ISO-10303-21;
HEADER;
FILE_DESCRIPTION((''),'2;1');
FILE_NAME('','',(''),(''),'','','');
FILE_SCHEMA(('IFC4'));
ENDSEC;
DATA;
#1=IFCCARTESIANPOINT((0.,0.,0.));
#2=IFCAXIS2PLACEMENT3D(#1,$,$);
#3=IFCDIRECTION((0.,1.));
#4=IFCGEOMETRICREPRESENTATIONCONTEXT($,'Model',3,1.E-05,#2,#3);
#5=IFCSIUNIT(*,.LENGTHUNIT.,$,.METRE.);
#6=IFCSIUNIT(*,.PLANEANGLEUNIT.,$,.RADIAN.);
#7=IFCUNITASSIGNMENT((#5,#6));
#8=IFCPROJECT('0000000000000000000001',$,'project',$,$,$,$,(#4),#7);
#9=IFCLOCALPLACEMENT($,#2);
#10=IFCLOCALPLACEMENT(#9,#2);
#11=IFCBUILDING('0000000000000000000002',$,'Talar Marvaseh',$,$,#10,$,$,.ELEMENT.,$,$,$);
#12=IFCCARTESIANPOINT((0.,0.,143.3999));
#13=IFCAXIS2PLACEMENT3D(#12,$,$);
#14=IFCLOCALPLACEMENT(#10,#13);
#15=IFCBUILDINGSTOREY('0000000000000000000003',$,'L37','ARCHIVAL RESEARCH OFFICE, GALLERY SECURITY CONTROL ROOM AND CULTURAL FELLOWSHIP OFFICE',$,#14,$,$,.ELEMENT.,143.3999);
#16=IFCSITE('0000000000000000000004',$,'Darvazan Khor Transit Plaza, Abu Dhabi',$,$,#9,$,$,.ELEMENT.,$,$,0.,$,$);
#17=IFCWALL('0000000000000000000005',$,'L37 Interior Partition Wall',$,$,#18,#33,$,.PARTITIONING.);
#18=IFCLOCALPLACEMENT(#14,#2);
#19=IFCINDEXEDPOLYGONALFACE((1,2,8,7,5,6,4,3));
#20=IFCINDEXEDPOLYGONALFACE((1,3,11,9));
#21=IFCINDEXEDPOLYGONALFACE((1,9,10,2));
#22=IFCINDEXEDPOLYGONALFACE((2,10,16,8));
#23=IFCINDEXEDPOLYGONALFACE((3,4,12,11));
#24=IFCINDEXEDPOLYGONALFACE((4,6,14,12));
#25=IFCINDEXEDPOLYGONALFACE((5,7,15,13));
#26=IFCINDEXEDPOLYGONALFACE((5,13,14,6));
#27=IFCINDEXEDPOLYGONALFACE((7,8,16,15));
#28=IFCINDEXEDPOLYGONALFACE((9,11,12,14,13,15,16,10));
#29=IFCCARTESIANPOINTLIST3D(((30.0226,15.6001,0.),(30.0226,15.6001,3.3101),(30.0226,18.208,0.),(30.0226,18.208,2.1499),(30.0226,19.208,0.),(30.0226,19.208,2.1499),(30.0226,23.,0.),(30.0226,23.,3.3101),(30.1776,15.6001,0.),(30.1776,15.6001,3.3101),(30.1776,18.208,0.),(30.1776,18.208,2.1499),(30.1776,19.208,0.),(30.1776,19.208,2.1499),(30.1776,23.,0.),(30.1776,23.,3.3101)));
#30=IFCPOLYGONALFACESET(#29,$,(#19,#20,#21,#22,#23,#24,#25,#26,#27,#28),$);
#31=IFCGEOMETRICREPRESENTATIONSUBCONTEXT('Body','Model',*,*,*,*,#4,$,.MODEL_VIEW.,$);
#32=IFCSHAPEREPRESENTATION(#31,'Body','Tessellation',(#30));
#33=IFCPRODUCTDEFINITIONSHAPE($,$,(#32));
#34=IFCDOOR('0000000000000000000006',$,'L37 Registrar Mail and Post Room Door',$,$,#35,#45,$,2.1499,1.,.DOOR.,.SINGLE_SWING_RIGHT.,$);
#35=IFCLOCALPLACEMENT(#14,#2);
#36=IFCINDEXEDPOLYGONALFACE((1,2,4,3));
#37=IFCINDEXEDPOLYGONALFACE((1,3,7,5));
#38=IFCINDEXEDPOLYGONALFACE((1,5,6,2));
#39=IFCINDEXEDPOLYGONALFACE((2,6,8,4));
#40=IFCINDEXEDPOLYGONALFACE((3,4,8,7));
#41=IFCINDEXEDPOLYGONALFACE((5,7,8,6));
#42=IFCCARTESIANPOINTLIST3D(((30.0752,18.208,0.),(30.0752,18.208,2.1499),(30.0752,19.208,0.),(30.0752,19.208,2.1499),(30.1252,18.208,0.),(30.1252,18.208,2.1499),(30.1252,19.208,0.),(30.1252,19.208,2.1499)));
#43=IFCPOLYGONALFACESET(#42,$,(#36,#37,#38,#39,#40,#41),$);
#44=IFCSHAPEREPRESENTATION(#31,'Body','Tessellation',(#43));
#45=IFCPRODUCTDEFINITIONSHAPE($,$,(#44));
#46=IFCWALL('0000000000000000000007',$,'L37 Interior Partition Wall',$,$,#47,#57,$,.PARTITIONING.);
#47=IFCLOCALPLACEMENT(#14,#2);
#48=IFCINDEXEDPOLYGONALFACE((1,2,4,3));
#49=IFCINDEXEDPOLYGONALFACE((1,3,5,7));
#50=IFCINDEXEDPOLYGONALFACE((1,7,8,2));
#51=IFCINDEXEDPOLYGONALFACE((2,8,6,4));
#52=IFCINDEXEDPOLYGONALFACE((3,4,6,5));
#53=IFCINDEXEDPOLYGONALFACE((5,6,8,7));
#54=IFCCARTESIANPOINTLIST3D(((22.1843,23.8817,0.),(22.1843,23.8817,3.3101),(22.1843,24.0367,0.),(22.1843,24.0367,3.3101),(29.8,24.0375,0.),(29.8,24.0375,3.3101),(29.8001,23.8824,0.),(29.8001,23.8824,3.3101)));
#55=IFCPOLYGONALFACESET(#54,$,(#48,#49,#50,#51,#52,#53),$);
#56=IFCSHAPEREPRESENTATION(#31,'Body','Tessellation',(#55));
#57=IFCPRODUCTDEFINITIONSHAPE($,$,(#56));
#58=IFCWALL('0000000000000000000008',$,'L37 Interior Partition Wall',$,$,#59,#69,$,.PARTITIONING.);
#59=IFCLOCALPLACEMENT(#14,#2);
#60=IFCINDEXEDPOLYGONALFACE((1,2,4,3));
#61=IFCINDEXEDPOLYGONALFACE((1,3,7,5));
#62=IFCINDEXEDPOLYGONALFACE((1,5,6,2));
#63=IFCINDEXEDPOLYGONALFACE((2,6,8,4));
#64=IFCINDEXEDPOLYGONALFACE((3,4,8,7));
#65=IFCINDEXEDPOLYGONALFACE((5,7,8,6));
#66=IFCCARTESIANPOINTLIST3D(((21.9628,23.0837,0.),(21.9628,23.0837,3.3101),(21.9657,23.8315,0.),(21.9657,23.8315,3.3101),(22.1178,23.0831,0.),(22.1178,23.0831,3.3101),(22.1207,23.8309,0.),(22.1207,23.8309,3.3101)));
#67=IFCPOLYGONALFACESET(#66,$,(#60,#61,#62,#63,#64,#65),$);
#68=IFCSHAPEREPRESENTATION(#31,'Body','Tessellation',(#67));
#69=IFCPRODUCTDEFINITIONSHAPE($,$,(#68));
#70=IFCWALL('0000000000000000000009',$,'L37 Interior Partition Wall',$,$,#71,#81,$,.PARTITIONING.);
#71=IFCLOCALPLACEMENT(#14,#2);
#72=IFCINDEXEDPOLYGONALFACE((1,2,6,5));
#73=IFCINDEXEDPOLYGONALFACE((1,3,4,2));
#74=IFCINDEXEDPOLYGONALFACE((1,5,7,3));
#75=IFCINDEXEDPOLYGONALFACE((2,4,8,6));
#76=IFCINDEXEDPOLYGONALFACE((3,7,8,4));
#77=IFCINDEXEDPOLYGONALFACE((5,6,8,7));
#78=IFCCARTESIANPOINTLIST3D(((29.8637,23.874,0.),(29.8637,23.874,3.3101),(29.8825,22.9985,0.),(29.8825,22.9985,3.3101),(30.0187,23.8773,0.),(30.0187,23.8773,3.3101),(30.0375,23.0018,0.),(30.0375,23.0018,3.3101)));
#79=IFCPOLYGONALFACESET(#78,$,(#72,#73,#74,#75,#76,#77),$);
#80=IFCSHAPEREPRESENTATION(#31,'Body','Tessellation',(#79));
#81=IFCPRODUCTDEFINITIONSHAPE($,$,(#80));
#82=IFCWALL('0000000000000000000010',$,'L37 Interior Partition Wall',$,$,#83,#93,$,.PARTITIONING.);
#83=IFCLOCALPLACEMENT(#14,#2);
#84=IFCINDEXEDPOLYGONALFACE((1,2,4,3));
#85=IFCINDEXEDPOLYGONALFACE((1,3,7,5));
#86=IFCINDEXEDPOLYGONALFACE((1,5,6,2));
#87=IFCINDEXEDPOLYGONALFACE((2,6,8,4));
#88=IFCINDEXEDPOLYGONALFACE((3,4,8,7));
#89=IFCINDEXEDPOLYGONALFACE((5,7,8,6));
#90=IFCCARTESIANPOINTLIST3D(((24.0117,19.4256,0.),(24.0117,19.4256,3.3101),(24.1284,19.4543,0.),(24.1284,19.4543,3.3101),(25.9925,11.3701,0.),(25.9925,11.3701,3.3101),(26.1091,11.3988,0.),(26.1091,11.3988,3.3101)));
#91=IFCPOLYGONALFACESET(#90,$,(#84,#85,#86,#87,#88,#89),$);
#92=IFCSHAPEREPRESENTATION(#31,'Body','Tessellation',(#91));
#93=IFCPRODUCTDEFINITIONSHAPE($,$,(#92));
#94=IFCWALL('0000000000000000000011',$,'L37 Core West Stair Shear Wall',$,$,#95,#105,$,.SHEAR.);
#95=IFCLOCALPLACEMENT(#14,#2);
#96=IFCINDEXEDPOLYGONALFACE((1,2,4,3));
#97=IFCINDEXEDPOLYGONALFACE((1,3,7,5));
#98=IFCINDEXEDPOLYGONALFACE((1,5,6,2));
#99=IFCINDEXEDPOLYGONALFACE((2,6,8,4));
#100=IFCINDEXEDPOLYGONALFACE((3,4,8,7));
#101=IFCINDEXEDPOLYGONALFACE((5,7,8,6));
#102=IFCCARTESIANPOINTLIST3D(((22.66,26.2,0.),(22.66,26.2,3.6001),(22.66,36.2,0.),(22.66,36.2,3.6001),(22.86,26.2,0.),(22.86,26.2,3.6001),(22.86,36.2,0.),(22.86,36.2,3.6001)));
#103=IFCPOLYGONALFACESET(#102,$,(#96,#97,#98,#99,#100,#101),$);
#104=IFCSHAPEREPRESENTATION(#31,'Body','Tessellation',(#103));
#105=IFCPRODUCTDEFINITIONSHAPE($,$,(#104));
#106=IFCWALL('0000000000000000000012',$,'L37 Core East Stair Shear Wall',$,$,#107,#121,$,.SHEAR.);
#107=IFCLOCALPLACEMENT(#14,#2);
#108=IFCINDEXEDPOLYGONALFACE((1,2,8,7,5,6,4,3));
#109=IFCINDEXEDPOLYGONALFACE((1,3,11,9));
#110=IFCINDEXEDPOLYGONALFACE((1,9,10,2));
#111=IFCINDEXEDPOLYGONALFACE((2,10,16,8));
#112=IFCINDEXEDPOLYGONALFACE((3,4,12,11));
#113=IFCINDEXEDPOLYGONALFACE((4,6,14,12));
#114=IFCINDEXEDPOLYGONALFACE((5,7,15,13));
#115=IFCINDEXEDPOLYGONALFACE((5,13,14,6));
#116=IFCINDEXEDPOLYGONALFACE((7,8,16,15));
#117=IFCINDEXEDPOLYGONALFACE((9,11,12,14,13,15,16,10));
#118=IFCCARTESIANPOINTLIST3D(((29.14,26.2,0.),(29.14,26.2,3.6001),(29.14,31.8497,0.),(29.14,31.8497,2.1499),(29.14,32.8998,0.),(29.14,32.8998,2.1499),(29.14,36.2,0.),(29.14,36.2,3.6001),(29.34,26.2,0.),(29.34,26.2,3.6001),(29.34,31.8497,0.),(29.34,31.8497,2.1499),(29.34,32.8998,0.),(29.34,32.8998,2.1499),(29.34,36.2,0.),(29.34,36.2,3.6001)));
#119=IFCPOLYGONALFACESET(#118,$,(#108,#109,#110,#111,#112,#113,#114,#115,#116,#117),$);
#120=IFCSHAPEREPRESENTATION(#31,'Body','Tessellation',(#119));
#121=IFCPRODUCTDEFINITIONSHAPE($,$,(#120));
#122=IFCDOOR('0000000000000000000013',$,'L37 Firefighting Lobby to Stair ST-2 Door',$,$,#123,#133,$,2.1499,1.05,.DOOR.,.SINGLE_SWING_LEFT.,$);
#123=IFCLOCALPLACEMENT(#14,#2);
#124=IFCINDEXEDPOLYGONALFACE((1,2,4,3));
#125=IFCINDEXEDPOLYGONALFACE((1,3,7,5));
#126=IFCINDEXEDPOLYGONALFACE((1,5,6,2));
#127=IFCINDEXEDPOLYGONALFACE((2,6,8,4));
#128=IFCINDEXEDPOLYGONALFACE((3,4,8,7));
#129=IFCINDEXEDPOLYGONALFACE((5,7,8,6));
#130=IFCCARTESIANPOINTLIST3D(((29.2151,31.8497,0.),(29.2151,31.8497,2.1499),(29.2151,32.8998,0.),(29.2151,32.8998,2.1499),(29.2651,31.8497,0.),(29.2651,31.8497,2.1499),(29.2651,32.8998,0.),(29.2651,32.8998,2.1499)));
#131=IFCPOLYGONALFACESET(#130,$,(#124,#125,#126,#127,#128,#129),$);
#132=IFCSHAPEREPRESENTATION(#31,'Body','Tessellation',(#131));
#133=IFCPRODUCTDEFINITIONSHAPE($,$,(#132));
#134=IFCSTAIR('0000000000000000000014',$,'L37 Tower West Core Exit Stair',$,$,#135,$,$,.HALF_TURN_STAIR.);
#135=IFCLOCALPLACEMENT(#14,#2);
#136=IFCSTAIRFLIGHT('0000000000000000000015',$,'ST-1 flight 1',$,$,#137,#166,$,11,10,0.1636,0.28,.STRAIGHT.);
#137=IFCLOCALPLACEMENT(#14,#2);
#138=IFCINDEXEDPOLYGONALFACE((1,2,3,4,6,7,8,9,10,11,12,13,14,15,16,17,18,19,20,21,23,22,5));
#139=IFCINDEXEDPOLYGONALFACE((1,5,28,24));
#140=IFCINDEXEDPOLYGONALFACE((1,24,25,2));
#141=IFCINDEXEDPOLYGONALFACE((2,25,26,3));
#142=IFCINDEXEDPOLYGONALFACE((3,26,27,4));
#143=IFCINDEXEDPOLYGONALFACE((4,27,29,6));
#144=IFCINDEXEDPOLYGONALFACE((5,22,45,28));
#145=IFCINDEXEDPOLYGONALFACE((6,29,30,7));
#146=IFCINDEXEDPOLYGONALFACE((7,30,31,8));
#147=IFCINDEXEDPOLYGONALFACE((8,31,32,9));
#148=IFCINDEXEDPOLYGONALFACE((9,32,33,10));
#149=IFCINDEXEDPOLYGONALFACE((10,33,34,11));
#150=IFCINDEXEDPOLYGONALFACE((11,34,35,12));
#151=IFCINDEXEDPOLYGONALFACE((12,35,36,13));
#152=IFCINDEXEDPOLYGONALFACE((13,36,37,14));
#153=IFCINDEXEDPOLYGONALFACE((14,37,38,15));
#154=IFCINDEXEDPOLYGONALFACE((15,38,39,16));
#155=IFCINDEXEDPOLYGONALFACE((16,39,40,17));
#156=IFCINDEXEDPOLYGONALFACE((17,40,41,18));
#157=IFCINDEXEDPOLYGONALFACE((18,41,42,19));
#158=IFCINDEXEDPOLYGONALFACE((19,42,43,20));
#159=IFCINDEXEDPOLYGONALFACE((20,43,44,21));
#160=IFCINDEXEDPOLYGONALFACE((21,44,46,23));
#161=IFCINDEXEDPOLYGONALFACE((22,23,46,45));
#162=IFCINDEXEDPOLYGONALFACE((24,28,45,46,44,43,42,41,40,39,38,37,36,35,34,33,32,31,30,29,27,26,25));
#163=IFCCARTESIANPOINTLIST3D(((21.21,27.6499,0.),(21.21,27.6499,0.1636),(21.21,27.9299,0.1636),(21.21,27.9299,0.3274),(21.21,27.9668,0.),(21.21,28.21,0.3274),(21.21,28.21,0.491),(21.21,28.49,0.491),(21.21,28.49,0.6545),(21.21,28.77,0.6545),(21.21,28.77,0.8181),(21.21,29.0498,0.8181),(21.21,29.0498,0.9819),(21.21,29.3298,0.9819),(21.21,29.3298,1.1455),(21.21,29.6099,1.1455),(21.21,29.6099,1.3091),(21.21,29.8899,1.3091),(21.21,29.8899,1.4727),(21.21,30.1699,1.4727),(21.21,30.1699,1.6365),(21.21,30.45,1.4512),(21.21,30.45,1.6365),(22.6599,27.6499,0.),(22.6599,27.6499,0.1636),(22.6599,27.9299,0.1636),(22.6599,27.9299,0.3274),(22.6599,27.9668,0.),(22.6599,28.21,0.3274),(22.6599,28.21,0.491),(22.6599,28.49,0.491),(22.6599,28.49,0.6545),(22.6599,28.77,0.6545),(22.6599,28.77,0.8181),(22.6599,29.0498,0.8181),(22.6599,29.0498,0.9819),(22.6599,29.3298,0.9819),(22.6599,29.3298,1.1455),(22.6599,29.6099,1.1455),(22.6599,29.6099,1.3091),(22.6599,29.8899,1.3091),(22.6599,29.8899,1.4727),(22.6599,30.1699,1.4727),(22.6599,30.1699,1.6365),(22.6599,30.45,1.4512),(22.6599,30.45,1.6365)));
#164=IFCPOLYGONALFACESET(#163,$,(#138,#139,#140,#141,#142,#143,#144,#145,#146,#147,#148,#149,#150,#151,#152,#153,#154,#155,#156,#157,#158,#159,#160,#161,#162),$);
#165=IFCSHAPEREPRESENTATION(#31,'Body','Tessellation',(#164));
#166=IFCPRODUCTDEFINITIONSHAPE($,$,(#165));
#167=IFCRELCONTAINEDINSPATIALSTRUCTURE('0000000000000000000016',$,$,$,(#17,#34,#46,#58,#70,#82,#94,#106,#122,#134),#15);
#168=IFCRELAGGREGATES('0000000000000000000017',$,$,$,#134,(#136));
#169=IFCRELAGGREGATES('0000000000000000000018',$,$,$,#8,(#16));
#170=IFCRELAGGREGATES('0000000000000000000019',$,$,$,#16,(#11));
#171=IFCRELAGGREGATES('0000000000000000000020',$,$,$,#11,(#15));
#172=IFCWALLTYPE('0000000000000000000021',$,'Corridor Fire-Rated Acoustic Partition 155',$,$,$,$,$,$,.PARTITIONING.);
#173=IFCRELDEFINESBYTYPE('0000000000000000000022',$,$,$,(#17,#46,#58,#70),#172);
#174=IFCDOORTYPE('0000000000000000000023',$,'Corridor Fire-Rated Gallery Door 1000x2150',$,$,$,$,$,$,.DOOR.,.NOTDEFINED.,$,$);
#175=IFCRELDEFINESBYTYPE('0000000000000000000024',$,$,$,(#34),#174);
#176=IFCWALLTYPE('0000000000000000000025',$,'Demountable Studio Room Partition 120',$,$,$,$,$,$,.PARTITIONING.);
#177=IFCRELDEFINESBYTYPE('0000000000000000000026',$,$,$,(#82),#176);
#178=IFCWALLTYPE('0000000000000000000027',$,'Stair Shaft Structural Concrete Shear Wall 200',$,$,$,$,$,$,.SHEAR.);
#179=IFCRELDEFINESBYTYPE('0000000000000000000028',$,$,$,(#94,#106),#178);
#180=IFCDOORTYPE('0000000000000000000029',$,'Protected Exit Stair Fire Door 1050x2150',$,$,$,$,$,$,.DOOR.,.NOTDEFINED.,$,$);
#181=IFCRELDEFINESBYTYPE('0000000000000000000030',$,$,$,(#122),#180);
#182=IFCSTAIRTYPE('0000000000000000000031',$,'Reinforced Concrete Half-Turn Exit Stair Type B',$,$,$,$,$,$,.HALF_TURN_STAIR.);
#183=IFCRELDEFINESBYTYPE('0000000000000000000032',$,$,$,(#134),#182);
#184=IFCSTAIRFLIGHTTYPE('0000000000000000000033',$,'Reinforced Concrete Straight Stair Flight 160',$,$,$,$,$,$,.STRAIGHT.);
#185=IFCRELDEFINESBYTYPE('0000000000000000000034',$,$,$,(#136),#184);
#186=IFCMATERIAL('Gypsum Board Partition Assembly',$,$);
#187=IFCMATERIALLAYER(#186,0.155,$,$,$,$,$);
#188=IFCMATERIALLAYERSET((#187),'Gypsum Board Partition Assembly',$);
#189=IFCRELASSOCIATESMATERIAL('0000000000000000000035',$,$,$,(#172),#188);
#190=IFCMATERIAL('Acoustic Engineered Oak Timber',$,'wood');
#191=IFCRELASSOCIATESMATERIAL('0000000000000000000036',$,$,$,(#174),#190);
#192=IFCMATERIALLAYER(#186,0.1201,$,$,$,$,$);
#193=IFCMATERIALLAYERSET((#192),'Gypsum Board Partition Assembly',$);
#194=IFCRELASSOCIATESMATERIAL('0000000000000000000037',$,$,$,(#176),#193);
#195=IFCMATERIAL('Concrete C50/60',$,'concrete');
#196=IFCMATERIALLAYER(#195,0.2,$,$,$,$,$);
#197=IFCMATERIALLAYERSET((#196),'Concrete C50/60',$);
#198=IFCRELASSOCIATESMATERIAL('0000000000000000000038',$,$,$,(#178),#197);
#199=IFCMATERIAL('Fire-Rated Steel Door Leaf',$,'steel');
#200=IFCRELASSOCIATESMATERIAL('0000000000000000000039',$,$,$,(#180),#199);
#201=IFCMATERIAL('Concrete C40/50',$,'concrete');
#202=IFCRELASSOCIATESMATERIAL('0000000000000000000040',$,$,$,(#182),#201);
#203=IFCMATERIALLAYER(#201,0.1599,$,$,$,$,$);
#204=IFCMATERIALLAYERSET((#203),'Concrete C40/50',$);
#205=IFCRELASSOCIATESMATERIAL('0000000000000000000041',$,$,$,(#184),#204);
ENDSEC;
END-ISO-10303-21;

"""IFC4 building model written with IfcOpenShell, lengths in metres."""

from ifc_helpers import new_model, si_unit, direction, frame, frame_2d, origin, place, context, subcontext, project, spatial, polyline, rectangle, outline, extrude, source, transform, mapped, material, layer, layer_set, type_object, type_shapes, element, fill, aggregate, save


model = new_model("IFC4")

# Units and contexts
model_context = context("Model", 3, precision=1e-05, world=origin(), true_north=direction((0.0, 1.0)))
body_context = subcontext(model_context, "Body", "Model", "MODEL_VIEW")
ifc_project = project(units=[si_unit("LENGTHUNIT", "METRE"), si_unit("PLANEANGLEUNIT", "RADIAN")], contexts=[model_context])

# Site, building, storey
site_placement = place(None, origin())
site = spatial("IfcSite", under=ifc_project, at=site_placement, Name="Darvazan Khor Transit Plaza, Abu Dhabi", CompositionType="ELEMENT", RefElevation=0.0)
building_placement = place(site_placement, origin())
building = spatial("IfcBuilding", under=site, at=building_placement, Name="Talar Marvaseh", CompositionType="ELEMENT")
storey_placement = place(building_placement, frame((0.0, 0.0, 143.3999)))
storey = spatial("IfcBuildingStorey", under=building, at=storey_placement, Name="L37", Description="ARCHIVAL RESEARCH OFFICE, GALLERY SECURITY CONTROL ROOM AND CULTURAL FELLOWSHIP OFFICE", CompositionType="ELEMENT", Elevation=143.3999)

# Shared definitions
ifc_material_1 = material(Name="Concrete C40/50", Category="concrete")

# Shared definitions
ifc_material_2 = material(Name="Gypsum Board Partition Assembly")
ifc_layer_1 = layer(ifc_material_2, 0.155)
ifc_layer_set_1 = layer_set([ifc_layer_1], Name="Gypsum Board Partition Assembly")
wall_type_1 = type_object("IfcWallType", Name="Corridor Fire-Rated Acoustic Partition 155", PredefinedType="PARTITIONING", material=ifc_layer_set_1)
ifc_material_3 = material(Name="Acoustic Engineered Oak Timber", Category="wood")
door_type_1 = type_object("IfcDoorType", Name="Corridor Fire-Rated Gallery Door 1000x2150", OperationType="NOTDEFINED", PredefinedType="DOOR", material=ifc_material_3)
shared_shape_1 = source(origin(), body_context, "Body", "SweptSolid", [
    extrude(rectangle(XDim=1.0, YDim=2.1499, at=frame_2d((0.5, 1.075))), frame((0.0, 0.0249, 0.0), z_axis=(0.0, -1.0, 0.0), x_axis=(1.0, 0.0, 0.0)), (0.0, 0.0, 1.0), 0.05),
])
type_shapes(door_type_1, [shared_shape_1])

# Wall, opening, door
wall_1_placement = place(storey_placement, frame((30.1001, 15.6001, 0.0), z_axis=(0.0, 0.0, 1.0), x_axis=(0.0, 1.0, 0.0)))
wall_1 = element("IfcWall", 1, at=wall_1_placement, inside=storey, type_object=wall_type_1, Name="L37 Interior Partition Wall", PredefinedType="PARTITIONING", context=body_context, shape_type="SweptSolid", body=[
    extrude(rectangle(XDim=7.3999, YDim=0.155, at=frame_2d((3.7, 0.0))), origin(), (0.0, 0.0, 1.0), 3.3101),
])
opening_1_placement = place(wall_1_placement, frame((2.6079, 0.0, 0.0)))
opening_1 = element("IfcOpeningElement", 2, at=opening_1_placement, cuts=wall_1, PredefinedType="OPENING", context=body_context, shape_type="SweptSolid", body=[
    extrude(rectangle(XDim=1.0, YDim=2.1499, at=frame_2d((0.5, 1.075))), frame((0.0, 0.0874, 0.0), z_axis=(0.0, -1.0, 0.0), x_axis=(1.0, 0.0, 0.0)), (0.0, 0.0, 1.0), 0.175),
])
door_1_placement = place(opening_1_placement, origin())
door_1 = element("IfcDoor", 3, at=door_1_placement, inside=storey, type_object=door_type_1, Name="L37 Registrar Mail and Post Room Door", OperationType="SINGLE_SWING_RIGHT", OverallHeight=2.1499, OverallWidth=1.0, PredefinedType="DOOR", context=body_context, shape_type="MappedRepresentation", body=[
    mapped(shared_shape_1, transform((0.0, 0.0, 0.0), x_axis=(1.0, 0.0, 0.0), y_axis=(0.0, 1.0, 0.0), z_axis=(0.0, 0.0, 1.0), scale=1.0)),
])
fill(opening_1, door_1)

# Walls
wall_2_placement = place(storey_placement, frame((29.8, 23.96, 0.0), z_axis=(0.0, 0.0, 1.0), x_axis=(-1.0, -0.000096, 0.0)))
element("IfcWall", 4, at=wall_2_placement, inside=storey, type_object=wall_type_1, Name="L37 Interior Partition Wall", PredefinedType="PARTITIONING", context=body_context, shape_type="SweptSolid", body=[
    extrude(rectangle(XDim=7.6157, YDim=0.155, at=frame_2d((3.8079, 0.0))), origin(), (0.0, 0.0, 1.0), 3.3101),
])
wall_3_placement = place(storey_placement, frame((22.0432, 23.8313, 0.0), z_axis=(0.0, 0.0, 1.0), x_axis=(-0.003918, -0.999992, 0.0)))
element("IfcWall", 5, at=wall_3_placement, inside=storey, type_object=wall_type_1, Name="L37 Interior Partition Wall", PredefinedType="PARTITIONING", context=body_context, shape_type="SweptSolid", body=[
    extrude(rectangle(XDim=0.7478, YDim=0.155, at=frame_2d((0.374, 0.0))), origin(), (0.0, 0.0, 1.0), 3.3101),
])
wall_4_placement = place(storey_placement, frame((29.96, 23.0, 0.0), z_axis=(0.0, 0.0, 1.0), x_axis=(-0.021467, 0.99977, 0.0)))
element("IfcWall", 6, at=wall_4_placement, inside=storey, type_object=wall_type_1, Name="L37 Interior Partition Wall", PredefinedType="PARTITIONING", context=body_context, shape_type="SweptSolid", body=[
    extrude(rectangle(XDim=0.8757, YDim=0.155, at=frame_2d((0.438, 0.0))), origin(), (0.0, 0.0, 1.0), 3.3101),
])
ifc_layer_2 = layer(ifc_material_2, 0.1201)
ifc_layer_set_2 = layer_set([ifc_layer_2], Name="Gypsum Board Partition Assembly")
wall_type_2 = type_object("IfcWallType", Name="Demountable Studio Room Partition 120", PredefinedType="PARTITIONING", material=ifc_layer_set_2)
wall_5_placement = place(storey_placement, frame((24.0701, 19.4399, 0.0), z_axis=(0.0, 0.0, 1.0), x_axis=(0.238774, -0.971075, 0.0)))
element("IfcWall", 7, at=wall_5_placement, inside=storey, type_object=wall_type_2, Name="L37 Interior Partition Wall", PredefinedType="PARTITIONING", context=body_context, shape_type="SweptSolid", body=[
    extrude(rectangle(XDim=8.2954, YDim=0.1201, at=frame_2d((4.1477, 0.0))), origin(), (0.0, 0.0, 1.0), 3.3101),
])
ifc_material_4 = material(Name="Concrete C50/60", Category="concrete")
ifc_layer_3 = layer(ifc_material_4, 0.2)
ifc_layer_set_3 = layer_set([ifc_layer_3], Name="Concrete C50/60")
wall_type_3 = type_object("IfcWallType", Name="Stair Shaft Structural Concrete Shear Wall 200", PredefinedType="SHEAR", material=ifc_layer_set_3)
wall_6_placement = place(storey_placement, frame((22.76, 26.2, 0.0), z_axis=(0.0, 0.0, 1.0), x_axis=(0.0, 1.0, 0.0)))
element("IfcWall", 8, at=wall_6_placement, inside=storey, type_object=wall_type_3, Name="L37 Core West Stair Shear Wall", PredefinedType="SHEAR", context=body_context, shape_type="SweptSolid", body=[
    extrude(rectangle(XDim=10.0, YDim=0.2, at=frame_2d((5.0, 0.0))), origin(), (0.0, 0.0, 1.0), 3.6001),
])

# Wall, opening, door
wall_7_placement = place(storey_placement, frame((29.24, 26.2, 0.0), z_axis=(0.0, 0.0, 1.0), x_axis=(0.0, 1.0, 0.0)))
wall_7 = element("IfcWall", 9, at=wall_7_placement, inside=storey, type_object=wall_type_3, Name="L37 Core East Stair Shear Wall", PredefinedType="SHEAR", context=body_context, shape_type="SweptSolid", body=[
    extrude(rectangle(XDim=10.0, YDim=0.2, at=frame_2d((5.0, 0.0))), origin(), (0.0, 0.0, 1.0), 3.6001),
])
opening_2_placement = place(wall_7_placement, frame((5.6499, 0.0, 0.0)))
opening_2 = element("IfcOpeningElement", 10, at=opening_2_placement, cuts=wall_7, PredefinedType="OPENING", context=body_context, shape_type="SweptSolid", body=[
    extrude(rectangle(XDim=1.05, YDim=2.1499, at=frame_2d((0.5249, 1.075))), frame((0.0, 0.1099, 0.0), z_axis=(0.0, -1.0, 0.0), x_axis=(1.0, 0.0, 0.0)), (0.0, 0.0, 1.0), 0.22),
])
ifc_material_5 = material(Name="Fire-Rated Steel Door Leaf", Category="steel")
door_type_2 = type_object("IfcDoorType", Name="Protected Exit Stair Fire Door 1050x2150", OperationType="NOTDEFINED", PredefinedType="DOOR", material=ifc_material_5)
shared_shape_2 = source(origin(), body_context, "Body", "SweptSolid", [
    extrude(rectangle(XDim=1.05, YDim=2.1499, at=frame_2d((0.5249, 1.075))), frame((0.0, 0.0249, 0.0), z_axis=(0.0, -1.0, 0.0), x_axis=(1.0, 0.0, 0.0)), (0.0, 0.0, 1.0), 0.05),
])
type_shapes(door_type_2, [shared_shape_2])
door_2_placement = place(opening_2_placement, origin())
door_2 = element("IfcDoor", 11, at=door_2_placement, inside=storey, type_object=door_type_2, Name="L37 Firefighting Lobby to Stair ST-2 Door", OperationType="SINGLE_SWING_LEFT", OverallHeight=2.1499, OverallWidth=1.05, PredefinedType="DOOR", context=body_context, shape_type="MappedRepresentation", body=[
    mapped(shared_shape_2, transform((0.0, 0.0, 0.0), x_axis=(1.0, 0.0, 0.0), y_axis=(0.0, 1.0, 0.0), z_axis=(0.0, 0.0, 1.0), scale=1.0)),
])
fill(opening_2, door_2)

# Stair, stair flight
stair_type = type_object("IfcStairType", Name="Reinforced Concrete Half-Turn Exit Stair Type B", PredefinedType="HALF_TURN_STAIR", material=ifc_material_1)
stair_placement = place(storey_placement, origin())
stair = element("IfcStair", 12, at=stair_placement, inside=storey, type_object=stair_type, Name="L37 Tower West Core Exit Stair", PredefinedType="HALF_TURN_STAIR")
ifc_layer_4 = layer(ifc_material_1, 0.1599)
ifc_layer_set_4 = layer_set([ifc_layer_4], Name="Concrete C40/50")
stair_flight_type = type_object("IfcStairFlightType", Name="Reinforced Concrete Straight Stair Flight 160", PredefinedType="STRAIGHT", material=ifc_layer_set_4)
stair_flight_placement = place(storey_placement, frame((21.9351, 27.6499, 0.0), z_axis=(0.0, 0.0, 1.0), x_axis=(0.0, 1.0, 0.0)))
stair_flight = element("IfcStairFlight", 13, at=stair_flight_placement, type_object=stair_flight_type, Name="ST-1 flight 1", NumberOfRisers=11, NumberOfTreads=10, PredefinedType="STRAIGHT", RiserHeight=0.1636, TreadLength=0.28, context=body_context, shape_type="SweptSolid", body=[
    extrude(outline(polyline([(0.0, 0.0), (0.0, 0.1636), (0.28, 0.1636), (0.28, 0.3274), (0.5601, 0.3274), (0.5601, 0.491), (0.8401, 0.491), (0.8401, 0.6545), (1.1201, 0.6545), (1.1201, 0.8181), (1.3999, 0.8181), (1.3999, 0.9819), (1.6799, 0.9819), (1.6799, 1.1455), (1.96, 1.1455), (1.96, 1.3091), (2.24, 1.3091), (2.24, 1.4727), (2.52, 1.4727), (2.52, 1.6365), (2.8, 1.6365), (2.8, 1.8), (2.8, 1.4512), (0.3169, 0.0), (0.0, 0.0)])), frame((0.0, 0.7251, 0.0), z_axis=(0.0, -1.0, 0.0), x_axis=(1.0, 0.0, 0.0)), (0.0, 0.0, 1.0), 1.45),
])
aggregate(stair, [stair_flight])

save(model, "model.ifc")
